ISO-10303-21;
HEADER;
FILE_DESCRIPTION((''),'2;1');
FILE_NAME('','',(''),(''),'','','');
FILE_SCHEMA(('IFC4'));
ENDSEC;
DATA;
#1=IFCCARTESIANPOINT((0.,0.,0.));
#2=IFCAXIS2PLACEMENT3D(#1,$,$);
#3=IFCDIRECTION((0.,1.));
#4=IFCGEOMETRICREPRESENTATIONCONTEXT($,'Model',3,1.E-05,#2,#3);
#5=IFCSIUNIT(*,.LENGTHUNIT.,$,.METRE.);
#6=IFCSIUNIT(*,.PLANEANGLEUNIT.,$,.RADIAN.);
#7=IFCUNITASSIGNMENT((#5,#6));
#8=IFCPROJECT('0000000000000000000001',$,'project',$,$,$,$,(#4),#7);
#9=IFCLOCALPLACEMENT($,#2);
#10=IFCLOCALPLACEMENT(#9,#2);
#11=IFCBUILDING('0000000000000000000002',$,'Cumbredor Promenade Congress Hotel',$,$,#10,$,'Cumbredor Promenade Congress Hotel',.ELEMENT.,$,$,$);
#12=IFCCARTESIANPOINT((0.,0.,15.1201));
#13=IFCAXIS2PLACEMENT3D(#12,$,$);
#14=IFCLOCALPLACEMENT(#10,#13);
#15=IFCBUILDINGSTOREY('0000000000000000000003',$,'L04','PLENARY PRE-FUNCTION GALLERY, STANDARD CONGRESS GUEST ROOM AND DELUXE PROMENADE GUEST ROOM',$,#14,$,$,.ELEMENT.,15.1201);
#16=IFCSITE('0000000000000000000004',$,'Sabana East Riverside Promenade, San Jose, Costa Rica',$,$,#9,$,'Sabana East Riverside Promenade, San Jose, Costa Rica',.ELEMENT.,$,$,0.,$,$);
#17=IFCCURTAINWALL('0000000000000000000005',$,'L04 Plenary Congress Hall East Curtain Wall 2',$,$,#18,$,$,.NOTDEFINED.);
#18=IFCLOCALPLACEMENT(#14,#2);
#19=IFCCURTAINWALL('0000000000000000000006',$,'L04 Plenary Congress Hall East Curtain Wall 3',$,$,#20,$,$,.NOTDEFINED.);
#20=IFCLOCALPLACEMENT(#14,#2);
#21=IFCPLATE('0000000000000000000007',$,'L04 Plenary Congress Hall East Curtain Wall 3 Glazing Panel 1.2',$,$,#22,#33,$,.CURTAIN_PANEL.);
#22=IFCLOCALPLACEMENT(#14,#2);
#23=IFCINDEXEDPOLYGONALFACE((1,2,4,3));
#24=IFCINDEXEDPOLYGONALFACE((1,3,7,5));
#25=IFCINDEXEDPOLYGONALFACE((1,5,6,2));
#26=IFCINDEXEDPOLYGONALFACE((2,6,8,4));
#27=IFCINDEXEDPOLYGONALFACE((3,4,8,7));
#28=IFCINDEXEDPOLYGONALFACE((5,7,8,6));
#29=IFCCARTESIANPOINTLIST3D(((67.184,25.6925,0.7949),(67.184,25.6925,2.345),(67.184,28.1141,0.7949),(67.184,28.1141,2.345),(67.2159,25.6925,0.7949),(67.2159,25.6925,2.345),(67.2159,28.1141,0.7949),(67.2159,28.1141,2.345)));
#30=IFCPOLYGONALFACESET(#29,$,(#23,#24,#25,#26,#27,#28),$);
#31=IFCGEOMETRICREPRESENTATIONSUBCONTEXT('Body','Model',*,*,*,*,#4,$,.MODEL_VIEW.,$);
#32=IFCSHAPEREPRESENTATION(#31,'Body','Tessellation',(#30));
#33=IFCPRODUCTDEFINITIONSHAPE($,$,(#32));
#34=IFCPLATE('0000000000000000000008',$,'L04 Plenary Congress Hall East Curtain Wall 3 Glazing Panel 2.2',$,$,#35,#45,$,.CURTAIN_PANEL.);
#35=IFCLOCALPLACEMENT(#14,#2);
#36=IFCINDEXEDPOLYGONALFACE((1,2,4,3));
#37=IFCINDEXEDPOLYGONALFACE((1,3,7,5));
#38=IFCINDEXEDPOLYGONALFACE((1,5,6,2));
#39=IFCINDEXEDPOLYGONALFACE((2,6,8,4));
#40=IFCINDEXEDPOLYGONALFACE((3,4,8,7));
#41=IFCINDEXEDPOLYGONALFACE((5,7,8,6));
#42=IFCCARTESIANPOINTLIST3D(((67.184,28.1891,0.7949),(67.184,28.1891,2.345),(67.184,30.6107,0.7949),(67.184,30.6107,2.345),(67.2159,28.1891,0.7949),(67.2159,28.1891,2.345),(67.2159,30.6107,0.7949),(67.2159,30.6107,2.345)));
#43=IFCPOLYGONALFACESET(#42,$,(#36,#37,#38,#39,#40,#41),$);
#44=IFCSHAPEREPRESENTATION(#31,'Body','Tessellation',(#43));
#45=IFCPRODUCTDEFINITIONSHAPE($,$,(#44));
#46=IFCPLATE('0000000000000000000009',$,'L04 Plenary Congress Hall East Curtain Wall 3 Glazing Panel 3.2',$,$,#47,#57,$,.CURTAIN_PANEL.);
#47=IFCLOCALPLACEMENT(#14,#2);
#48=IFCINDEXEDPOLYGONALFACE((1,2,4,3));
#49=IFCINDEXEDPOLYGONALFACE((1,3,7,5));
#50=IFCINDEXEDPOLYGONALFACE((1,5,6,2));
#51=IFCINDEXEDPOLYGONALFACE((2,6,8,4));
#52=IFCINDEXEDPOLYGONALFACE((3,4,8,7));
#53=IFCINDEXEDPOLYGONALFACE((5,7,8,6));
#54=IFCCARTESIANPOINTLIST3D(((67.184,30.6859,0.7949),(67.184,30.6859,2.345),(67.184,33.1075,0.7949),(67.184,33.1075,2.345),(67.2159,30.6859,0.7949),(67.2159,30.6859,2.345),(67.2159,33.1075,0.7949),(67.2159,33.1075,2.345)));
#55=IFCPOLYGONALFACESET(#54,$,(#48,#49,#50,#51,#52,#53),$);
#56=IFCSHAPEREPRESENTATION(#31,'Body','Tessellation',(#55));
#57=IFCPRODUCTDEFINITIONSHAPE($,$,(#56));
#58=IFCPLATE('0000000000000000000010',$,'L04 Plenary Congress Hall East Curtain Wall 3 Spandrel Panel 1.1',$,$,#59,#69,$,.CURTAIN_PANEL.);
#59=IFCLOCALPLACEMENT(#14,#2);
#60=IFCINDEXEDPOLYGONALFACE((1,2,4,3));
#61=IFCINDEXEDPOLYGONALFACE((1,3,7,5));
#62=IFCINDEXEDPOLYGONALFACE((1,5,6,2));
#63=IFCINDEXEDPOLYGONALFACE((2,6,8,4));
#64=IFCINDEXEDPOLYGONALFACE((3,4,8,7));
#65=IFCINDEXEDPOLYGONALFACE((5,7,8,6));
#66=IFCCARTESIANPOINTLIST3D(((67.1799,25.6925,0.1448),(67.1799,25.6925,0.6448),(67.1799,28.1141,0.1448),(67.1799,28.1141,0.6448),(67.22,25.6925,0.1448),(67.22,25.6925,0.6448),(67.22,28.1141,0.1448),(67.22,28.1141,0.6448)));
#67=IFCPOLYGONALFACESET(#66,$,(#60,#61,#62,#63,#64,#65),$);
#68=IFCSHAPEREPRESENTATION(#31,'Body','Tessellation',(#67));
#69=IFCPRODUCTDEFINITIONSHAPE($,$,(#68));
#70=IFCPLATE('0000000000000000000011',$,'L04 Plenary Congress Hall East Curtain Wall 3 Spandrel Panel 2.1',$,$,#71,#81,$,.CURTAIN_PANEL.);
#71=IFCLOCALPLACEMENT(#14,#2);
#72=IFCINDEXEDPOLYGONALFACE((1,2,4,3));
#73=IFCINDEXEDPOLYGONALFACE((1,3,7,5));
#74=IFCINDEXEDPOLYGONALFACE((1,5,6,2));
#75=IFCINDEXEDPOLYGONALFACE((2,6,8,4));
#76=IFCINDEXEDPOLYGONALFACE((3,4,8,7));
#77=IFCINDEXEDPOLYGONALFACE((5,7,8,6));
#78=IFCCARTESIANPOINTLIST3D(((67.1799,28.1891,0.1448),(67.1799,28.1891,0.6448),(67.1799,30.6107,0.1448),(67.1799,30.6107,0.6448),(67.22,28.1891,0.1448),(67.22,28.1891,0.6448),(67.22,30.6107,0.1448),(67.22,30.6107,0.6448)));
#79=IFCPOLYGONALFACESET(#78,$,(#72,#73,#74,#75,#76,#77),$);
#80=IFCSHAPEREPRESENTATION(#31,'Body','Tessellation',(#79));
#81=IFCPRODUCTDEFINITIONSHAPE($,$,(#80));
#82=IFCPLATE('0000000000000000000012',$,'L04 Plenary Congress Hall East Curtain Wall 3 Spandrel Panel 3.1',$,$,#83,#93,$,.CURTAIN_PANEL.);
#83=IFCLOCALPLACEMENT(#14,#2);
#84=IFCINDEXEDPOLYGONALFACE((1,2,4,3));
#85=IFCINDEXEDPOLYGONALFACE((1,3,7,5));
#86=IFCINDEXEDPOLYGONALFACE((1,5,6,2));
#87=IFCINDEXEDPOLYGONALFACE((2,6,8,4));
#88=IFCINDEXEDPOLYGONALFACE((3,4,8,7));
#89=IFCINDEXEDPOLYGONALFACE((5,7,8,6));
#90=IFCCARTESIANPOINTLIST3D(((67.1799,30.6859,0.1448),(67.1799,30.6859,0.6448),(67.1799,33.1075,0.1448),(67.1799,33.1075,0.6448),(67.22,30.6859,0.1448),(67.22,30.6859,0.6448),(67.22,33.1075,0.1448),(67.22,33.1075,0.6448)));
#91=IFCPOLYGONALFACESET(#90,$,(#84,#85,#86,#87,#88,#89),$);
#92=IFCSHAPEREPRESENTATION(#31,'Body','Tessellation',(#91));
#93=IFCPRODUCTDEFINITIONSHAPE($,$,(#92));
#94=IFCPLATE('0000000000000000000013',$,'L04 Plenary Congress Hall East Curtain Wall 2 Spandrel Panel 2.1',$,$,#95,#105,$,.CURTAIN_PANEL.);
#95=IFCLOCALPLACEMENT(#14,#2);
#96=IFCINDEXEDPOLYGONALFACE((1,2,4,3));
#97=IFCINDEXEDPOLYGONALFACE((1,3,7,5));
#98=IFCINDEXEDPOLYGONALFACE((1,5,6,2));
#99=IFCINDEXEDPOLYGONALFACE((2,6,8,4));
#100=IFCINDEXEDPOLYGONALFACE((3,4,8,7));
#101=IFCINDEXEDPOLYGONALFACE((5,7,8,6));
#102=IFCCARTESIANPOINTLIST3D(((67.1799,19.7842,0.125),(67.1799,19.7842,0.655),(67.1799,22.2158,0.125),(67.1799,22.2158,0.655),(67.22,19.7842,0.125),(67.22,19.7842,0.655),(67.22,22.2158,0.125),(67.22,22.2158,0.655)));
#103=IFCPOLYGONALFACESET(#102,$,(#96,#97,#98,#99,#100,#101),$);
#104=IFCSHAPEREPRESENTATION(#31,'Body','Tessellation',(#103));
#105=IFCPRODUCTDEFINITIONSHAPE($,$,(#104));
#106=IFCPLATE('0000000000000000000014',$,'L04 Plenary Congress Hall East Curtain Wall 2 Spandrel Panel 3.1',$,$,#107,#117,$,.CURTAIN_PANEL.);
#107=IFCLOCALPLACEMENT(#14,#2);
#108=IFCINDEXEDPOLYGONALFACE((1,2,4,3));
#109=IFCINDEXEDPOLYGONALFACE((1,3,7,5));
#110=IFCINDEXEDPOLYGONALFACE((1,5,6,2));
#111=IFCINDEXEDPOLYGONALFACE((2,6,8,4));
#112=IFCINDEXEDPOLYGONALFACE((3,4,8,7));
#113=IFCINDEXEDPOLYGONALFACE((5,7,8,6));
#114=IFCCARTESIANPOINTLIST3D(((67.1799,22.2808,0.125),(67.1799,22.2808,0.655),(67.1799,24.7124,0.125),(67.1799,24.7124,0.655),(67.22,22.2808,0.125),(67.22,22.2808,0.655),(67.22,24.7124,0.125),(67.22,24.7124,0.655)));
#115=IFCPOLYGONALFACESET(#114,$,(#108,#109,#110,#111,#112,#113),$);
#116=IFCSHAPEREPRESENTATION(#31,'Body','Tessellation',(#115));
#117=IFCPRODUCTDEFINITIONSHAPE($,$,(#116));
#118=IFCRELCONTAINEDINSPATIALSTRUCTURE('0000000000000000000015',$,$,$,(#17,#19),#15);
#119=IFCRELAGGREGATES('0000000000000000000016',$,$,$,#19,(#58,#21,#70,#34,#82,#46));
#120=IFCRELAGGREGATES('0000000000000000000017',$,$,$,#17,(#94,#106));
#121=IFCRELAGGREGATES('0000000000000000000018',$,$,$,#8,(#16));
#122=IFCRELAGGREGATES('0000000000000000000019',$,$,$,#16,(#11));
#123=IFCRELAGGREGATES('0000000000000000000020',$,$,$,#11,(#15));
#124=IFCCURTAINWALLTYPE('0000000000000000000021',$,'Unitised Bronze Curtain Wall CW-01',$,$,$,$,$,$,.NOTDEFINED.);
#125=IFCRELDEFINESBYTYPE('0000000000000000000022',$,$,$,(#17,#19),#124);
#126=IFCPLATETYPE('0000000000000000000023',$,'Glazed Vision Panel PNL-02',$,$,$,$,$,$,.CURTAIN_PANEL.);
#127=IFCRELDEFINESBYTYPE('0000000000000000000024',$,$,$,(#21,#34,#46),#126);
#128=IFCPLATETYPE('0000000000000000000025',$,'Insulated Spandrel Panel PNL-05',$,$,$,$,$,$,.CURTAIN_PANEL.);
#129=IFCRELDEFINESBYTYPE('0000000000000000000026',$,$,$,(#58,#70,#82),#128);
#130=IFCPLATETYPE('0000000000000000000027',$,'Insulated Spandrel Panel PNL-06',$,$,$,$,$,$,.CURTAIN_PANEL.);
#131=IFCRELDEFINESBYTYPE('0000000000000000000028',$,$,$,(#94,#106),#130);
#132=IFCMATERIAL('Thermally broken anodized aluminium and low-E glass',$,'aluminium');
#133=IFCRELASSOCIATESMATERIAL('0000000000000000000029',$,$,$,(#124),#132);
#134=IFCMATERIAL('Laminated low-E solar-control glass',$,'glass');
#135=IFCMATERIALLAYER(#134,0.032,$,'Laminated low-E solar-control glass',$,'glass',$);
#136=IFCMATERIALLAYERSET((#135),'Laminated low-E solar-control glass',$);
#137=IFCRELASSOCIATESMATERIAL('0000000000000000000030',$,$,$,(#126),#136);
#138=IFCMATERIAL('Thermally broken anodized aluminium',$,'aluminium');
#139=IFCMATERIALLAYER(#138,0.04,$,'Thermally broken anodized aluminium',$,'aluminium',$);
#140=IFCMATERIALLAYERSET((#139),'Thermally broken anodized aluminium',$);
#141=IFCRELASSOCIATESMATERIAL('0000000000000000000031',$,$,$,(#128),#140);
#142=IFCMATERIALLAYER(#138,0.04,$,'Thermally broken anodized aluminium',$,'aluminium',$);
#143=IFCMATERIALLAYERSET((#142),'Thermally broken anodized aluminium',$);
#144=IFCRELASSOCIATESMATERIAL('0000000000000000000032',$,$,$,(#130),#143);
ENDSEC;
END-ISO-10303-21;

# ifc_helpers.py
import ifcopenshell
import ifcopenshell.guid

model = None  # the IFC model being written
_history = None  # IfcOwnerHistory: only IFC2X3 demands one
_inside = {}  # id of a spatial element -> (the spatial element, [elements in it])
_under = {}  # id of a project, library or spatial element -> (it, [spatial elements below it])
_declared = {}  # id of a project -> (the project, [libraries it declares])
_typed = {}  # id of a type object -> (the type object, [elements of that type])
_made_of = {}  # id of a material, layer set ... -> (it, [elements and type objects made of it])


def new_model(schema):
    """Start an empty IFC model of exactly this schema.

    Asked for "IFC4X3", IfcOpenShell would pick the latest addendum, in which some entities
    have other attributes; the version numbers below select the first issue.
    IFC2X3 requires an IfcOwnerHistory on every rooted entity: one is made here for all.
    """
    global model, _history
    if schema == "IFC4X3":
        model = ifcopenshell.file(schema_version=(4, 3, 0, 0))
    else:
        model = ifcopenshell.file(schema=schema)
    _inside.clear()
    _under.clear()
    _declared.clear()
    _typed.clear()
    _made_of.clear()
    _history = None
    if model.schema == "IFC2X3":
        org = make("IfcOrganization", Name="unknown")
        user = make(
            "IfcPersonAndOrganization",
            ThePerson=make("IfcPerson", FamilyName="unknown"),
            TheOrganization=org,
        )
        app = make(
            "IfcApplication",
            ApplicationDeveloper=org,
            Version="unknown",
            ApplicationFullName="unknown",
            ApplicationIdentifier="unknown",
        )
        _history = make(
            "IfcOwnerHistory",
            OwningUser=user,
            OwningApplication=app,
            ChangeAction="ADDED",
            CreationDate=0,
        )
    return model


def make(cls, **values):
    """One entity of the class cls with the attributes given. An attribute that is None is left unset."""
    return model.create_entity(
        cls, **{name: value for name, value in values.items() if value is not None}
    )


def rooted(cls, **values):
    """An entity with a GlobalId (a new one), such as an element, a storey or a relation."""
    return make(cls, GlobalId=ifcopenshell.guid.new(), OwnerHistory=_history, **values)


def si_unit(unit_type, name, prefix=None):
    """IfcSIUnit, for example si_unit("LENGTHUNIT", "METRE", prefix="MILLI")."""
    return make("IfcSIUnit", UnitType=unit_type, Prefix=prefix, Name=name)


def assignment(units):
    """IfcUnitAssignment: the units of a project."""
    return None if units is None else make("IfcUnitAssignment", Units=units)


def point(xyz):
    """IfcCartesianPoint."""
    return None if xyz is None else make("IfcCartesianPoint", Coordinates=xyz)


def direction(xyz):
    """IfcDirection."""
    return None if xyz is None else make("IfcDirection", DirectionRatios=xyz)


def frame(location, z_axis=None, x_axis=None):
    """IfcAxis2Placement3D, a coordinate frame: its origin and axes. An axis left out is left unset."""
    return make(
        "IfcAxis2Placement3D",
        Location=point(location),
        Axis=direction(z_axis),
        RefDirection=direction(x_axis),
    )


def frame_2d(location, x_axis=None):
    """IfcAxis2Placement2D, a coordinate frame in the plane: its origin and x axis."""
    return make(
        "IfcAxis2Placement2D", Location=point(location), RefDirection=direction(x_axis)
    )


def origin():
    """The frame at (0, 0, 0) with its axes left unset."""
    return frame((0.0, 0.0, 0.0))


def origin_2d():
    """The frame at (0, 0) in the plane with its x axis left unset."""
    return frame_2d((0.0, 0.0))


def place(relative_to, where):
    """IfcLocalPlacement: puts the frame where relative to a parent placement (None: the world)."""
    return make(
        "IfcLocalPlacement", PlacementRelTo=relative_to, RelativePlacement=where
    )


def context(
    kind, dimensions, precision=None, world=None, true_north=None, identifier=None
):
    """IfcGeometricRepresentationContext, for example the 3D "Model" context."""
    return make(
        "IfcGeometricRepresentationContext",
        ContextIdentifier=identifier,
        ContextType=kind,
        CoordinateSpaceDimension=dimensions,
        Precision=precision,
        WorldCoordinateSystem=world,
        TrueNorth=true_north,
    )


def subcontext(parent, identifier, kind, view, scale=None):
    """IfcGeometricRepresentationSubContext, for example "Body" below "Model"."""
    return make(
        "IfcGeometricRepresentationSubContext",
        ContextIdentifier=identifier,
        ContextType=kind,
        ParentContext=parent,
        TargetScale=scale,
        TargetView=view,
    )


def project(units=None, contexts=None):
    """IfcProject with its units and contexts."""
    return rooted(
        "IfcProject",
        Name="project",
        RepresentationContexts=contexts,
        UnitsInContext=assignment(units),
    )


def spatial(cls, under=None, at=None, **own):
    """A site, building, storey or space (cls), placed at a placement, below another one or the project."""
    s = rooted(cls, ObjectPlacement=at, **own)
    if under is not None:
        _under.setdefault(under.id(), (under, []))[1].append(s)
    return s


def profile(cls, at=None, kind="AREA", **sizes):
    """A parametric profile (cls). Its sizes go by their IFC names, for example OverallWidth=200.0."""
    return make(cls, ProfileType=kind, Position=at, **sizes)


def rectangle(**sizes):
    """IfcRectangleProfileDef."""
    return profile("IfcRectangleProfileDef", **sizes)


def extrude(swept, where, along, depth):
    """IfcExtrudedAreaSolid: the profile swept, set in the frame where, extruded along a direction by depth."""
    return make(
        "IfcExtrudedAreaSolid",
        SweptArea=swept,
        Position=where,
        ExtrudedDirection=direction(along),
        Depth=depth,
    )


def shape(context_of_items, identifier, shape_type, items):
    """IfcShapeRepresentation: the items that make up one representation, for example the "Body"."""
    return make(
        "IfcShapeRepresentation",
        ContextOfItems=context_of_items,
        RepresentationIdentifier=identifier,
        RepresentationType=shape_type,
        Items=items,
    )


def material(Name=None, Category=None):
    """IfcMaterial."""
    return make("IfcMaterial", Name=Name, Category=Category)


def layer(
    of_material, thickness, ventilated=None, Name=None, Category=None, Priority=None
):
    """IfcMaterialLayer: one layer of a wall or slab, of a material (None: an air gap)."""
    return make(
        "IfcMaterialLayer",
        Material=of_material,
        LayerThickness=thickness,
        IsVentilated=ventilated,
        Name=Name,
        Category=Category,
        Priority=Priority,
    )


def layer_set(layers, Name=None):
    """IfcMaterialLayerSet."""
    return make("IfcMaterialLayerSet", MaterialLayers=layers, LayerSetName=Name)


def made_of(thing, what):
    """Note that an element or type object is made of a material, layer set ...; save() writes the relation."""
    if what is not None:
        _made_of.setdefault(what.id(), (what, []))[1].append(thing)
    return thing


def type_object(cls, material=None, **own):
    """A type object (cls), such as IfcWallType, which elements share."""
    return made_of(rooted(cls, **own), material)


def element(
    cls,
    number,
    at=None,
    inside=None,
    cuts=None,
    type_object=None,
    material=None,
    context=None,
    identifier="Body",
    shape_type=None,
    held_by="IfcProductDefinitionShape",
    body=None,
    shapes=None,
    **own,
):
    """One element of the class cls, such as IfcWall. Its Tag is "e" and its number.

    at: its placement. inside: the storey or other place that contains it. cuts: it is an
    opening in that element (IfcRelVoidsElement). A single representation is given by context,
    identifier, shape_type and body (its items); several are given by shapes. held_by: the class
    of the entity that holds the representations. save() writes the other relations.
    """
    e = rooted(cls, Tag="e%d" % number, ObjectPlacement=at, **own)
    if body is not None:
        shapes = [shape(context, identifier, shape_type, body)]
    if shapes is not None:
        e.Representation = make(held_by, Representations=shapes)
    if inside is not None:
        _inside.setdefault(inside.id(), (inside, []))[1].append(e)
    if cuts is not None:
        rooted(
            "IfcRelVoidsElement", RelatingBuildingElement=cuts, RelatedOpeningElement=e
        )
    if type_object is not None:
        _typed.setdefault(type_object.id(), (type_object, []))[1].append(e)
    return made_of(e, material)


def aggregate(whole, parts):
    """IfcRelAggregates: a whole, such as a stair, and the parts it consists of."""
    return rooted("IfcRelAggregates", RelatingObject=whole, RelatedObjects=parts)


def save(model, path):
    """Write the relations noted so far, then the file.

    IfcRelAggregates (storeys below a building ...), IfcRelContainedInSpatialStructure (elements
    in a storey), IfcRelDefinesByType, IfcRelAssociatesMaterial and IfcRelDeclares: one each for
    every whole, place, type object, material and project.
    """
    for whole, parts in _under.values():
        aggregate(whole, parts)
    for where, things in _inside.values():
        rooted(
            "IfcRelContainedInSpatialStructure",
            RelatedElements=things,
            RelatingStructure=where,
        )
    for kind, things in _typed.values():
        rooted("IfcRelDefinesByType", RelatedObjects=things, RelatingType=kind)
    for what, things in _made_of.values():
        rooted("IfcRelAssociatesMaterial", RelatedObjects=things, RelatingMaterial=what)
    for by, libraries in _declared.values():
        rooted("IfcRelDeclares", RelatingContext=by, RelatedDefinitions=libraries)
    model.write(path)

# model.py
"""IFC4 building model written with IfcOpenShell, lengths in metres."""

from ifc_helpers import new_model, si_unit, direction, frame, origin, origin_2d, place, context, subcontext, project, spatial, rectangle, extrude, material, layer, layer_set, type_object, element, aggregate, save


model = new_model("IFC4")

# Units and contexts
model_context = context("Model", 3, precision=1e-05, world=origin(), true_north=direction((0.0, 1.0)))
body_context = subcontext(model_context, "Body", "Model", "MODEL_VIEW")
ifc_project = project(units=[si_unit("LENGTHUNIT", "METRE"), si_unit("PLANEANGLEUNIT", "RADIAN")], contexts=[model_context])

# Site, building, storey
site_placement = place(None, origin())
site = spatial("IfcSite", under=ifc_project, at=site_placement, Name="Sabana East Riverside Promenade, San Jose, Costa Rica", LongName="Sabana East Riverside Promenade, San Jose, Costa Rica", CompositionType="ELEMENT", RefElevation=0.0)
building_placement = place(site_placement, origin())
building = spatial("IfcBuilding", under=site, at=building_placement, Name="Cumbredor Promenade Congress Hotel", LongName="Cumbredor Promenade Congress Hotel", CompositionType="ELEMENT")
storey_placement = place(building_placement, frame((0.0, 0.0, 15.1201)))
storey = spatial("IfcBuildingStorey", under=building, at=storey_placement, Name="L04", Description="PLENARY PRE-FUNCTION GALLERY, STANDARD CONGRESS GUEST ROOM AND DELUXE PROMENADE GUEST ROOM", CompositionType="ELEMENT", Elevation=15.1201)

# Curtain walls
ifc_material_1 = material(Name="Thermally broken anodized aluminium and low-E glass", Category="aluminium")
curtain_wall_type = type_object("IfcCurtainWallType", Name="Unitised Bronze Curtain Wall CW-01", PredefinedType="NOTDEFINED", material=ifc_material_1)
curtain_wall_1_placement = place(storey_placement, origin())
curtain_wall_1 = element("IfcCurtainWall", 1, at=curtain_wall_1_placement, inside=storey, type_object=curtain_wall_type, Name="L04 Plenary Congress Hall East Curtain Wall 2", PredefinedType="NOTDEFINED")
ifc_material_2 = material(Name="Thermally broken anodized aluminium", Category="aluminium")
curtain_wall_2_placement = place(storey_placement, origin())
curtain_wall_2 = element("IfcCurtainWall", 2, at=curtain_wall_2_placement, inside=storey, type_object=curtain_wall_type, Name="L04 Plenary Congress Hall East Curtain Wall 3", PredefinedType="NOTDEFINED")

# Plates
ifc_material_3 = material(Name="Laminated low-E solar-control glass", Category="glass")
ifc_layer_1 = layer(ifc_material_3, 0.032, Name="Laminated low-E solar-control glass", Category="glass")
ifc_layer_set_1 = layer_set([ifc_layer_1], Name="Laminated low-E solar-control glass")
plate_type_1 = type_object("IfcPlateType", Name="Glazed Vision Panel PNL-02", PredefinedType="CURTAIN_PANEL", material=ifc_layer_set_1)
plate_1_placement = place(storey_placement, frame((67.2, 26.9033, 0.7949), z_axis=(0.0, 0.0, 1.0), x_axis=(0.0, 1.0, 0.0)))
plate_1 = element("IfcPlate", 3, at=plate_1_placement, type_object=plate_type_1, Name="L04 Plenary Congress Hall East Curtain Wall 3 Glazing Panel 1.2", PredefinedType="CURTAIN_PANEL", context=body_context, shape_type="SweptSolid", body=[
    extrude(rectangle(XDim=2.4216, YDim=0.032, at=origin_2d()), origin(), (0.0, 0.0, 1.0), 1.55),
])
plate_2_placement = place(storey_placement, frame((67.2, 29.3999, 0.7949), z_axis=(0.0, 0.0, 1.0), x_axis=(0.0, 1.0, 0.0)))
plate_2 = element("IfcPlate", 4, at=plate_2_placement, type_object=plate_type_1, Name="L04 Plenary Congress Hall East Curtain Wall 3 Glazing Panel 2.2", PredefinedType="CURTAIN_PANEL", context=body_context, shape_type="SweptSolid", body=[
    extrude(rectangle(XDim=2.4216, YDim=0.032, at=origin_2d()), origin(), (0.0, 0.0, 1.0), 1.55),
])
plate_3_placement = place(storey_placement, frame((67.2, 31.8967, 0.7949), z_axis=(0.0, 0.0, 1.0), x_axis=(0.0, 1.0, 0.0)))
plate_3 = element("IfcPlate", 5, at=plate_3_placement, type_object=plate_type_1, Name="L04 Plenary Congress Hall East Curtain Wall 3 Glazing Panel 3.2", PredefinedType="CURTAIN_PANEL", context=body_context, shape_type="SweptSolid", body=[
    extrude(rectangle(XDim=2.4216, YDim=0.032, at=origin_2d()), origin(), (0.0, 0.0, 1.0), 1.55),
])
ifc_layer_2 = layer(ifc_material_2, 0.04, Name="Thermally broken anodized aluminium", Category="aluminium")
ifc_layer_set_2 = layer_set([ifc_layer_2], Name="Thermally broken anodized aluminium")
plate_type_2 = type_object("IfcPlateType", Name="Insulated Spandrel Panel PNL-05", PredefinedType="CURTAIN_PANEL", material=ifc_layer_set_2)
plate_4_placement = place(storey_placement, frame((67.2, 26.9033, 0.1448), z_axis=(0.0, 0.0, 1.0), x_axis=(0.0, 1.0, 0.0)))
plate_4 = element("IfcPlate", 6, at=plate_4_placement, type_object=plate_type_2, Name="L04 Plenary Congress Hall East Curtain Wall 3 Spandrel Panel 1.1", PredefinedType="CURTAIN_PANEL", context=body_context, shape_type="SweptSolid", body=[
    extrude(rectangle(XDim=2.4216, YDim=0.04, at=origin_2d()), origin(), (0.0, 0.0, 1.0), 0.5),
])
plate_5_placement = place(storey_placement, frame((67.2, 29.3999, 0.1448), z_axis=(0.0, 0.0, 1.0), x_axis=(0.0, 1.0, 0.0)))
plate_5 = element("IfcPlate", 7, at=plate_5_placement, type_object=plate_type_2, Name="L04 Plenary Congress Hall East Curtain Wall 3 Spandrel Panel 2.1", PredefinedType="CURTAIN_PANEL", context=body_context, shape_type="SweptSolid", body=[
    extrude(rectangle(XDim=2.4216, YDim=0.04, at=origin_2d()), origin(), (0.0, 0.0, 1.0), 0.5),
])
plate_6_placement = place(storey_placement, frame((67.2, 31.8967, 0.1448), z_axis=(0.0, 0.0, 1.0), x_axis=(0.0, 1.0, 0.0)))
plate_6 = element("IfcPlate", 8, at=plate_6_placement, type_object=plate_type_2, Name="L04 Plenary Congress Hall East Curtain Wall 3 Spandrel Panel 3.1", PredefinedType="CURTAIN_PANEL", context=body_context, shape_type="SweptSolid", body=[
    extrude(rectangle(XDim=2.4216, YDim=0.04, at=origin_2d()), origin(), (0.0, 0.0, 1.0), 0.5),
])
aggregate(curtain_wall_2, [plate_4, plate_1, plate_5, plate_2, plate_6, plate_3])
ifc_layer_3 = layer(ifc_material_2, 0.04, Name="Thermally broken anodized aluminium", Category="aluminium")
ifc_layer_set_3 = layer_set([ifc_layer_3], Name="Thermally broken anodized aluminium")
plate_type_3 = type_object("IfcPlateType", Name="Insulated Spandrel Panel PNL-06", PredefinedType="CURTAIN_PANEL", material=ifc_layer_set_3)
plate_7_placement = place(storey_placement, frame((67.2, 21.0, 0.125), z_axis=(0.0, 0.0, 1.0), x_axis=(0.0, 1.0, 0.0)))
plate_7 = element("IfcPlate", 9, at=plate_7_placement, type_object=plate_type_3, Name="L04 Plenary Congress Hall East Curtain Wall 2 Spandrel Panel 2.1", PredefinedType="CURTAIN_PANEL", context=body_context, shape_type="SweptSolid", body=[
    extrude(rectangle(XDim=2.4316, YDim=0.04, at=origin_2d()), origin(), (0.0, 0.0, 1.0), 0.53),
])
plate_8_placement = place(storey_placement, frame((67.2, 23.4966, 0.125), z_axis=(0.0, 0.0, 1.0), x_axis=(0.0, 1.0, 0.0)))
plate_8 = element("IfcPlate", 10, at=plate_8_placement, type_object=plate_type_3, Name="L04 Plenary Congress Hall East Curtain Wall 2 Spandrel Panel 3.1", PredefinedType="CURTAIN_PANEL", context=body_context, shape_type="SweptSolid", body=[
    extrude(rectangle(XDim=2.4316, YDim=0.04, at=origin_2d()), origin(), (0.0, 0.0, 1.0), 0.53),
])
aggregate(curtain_wall_1, [plate_7, plate_8])

save(model, "model.ifc")
